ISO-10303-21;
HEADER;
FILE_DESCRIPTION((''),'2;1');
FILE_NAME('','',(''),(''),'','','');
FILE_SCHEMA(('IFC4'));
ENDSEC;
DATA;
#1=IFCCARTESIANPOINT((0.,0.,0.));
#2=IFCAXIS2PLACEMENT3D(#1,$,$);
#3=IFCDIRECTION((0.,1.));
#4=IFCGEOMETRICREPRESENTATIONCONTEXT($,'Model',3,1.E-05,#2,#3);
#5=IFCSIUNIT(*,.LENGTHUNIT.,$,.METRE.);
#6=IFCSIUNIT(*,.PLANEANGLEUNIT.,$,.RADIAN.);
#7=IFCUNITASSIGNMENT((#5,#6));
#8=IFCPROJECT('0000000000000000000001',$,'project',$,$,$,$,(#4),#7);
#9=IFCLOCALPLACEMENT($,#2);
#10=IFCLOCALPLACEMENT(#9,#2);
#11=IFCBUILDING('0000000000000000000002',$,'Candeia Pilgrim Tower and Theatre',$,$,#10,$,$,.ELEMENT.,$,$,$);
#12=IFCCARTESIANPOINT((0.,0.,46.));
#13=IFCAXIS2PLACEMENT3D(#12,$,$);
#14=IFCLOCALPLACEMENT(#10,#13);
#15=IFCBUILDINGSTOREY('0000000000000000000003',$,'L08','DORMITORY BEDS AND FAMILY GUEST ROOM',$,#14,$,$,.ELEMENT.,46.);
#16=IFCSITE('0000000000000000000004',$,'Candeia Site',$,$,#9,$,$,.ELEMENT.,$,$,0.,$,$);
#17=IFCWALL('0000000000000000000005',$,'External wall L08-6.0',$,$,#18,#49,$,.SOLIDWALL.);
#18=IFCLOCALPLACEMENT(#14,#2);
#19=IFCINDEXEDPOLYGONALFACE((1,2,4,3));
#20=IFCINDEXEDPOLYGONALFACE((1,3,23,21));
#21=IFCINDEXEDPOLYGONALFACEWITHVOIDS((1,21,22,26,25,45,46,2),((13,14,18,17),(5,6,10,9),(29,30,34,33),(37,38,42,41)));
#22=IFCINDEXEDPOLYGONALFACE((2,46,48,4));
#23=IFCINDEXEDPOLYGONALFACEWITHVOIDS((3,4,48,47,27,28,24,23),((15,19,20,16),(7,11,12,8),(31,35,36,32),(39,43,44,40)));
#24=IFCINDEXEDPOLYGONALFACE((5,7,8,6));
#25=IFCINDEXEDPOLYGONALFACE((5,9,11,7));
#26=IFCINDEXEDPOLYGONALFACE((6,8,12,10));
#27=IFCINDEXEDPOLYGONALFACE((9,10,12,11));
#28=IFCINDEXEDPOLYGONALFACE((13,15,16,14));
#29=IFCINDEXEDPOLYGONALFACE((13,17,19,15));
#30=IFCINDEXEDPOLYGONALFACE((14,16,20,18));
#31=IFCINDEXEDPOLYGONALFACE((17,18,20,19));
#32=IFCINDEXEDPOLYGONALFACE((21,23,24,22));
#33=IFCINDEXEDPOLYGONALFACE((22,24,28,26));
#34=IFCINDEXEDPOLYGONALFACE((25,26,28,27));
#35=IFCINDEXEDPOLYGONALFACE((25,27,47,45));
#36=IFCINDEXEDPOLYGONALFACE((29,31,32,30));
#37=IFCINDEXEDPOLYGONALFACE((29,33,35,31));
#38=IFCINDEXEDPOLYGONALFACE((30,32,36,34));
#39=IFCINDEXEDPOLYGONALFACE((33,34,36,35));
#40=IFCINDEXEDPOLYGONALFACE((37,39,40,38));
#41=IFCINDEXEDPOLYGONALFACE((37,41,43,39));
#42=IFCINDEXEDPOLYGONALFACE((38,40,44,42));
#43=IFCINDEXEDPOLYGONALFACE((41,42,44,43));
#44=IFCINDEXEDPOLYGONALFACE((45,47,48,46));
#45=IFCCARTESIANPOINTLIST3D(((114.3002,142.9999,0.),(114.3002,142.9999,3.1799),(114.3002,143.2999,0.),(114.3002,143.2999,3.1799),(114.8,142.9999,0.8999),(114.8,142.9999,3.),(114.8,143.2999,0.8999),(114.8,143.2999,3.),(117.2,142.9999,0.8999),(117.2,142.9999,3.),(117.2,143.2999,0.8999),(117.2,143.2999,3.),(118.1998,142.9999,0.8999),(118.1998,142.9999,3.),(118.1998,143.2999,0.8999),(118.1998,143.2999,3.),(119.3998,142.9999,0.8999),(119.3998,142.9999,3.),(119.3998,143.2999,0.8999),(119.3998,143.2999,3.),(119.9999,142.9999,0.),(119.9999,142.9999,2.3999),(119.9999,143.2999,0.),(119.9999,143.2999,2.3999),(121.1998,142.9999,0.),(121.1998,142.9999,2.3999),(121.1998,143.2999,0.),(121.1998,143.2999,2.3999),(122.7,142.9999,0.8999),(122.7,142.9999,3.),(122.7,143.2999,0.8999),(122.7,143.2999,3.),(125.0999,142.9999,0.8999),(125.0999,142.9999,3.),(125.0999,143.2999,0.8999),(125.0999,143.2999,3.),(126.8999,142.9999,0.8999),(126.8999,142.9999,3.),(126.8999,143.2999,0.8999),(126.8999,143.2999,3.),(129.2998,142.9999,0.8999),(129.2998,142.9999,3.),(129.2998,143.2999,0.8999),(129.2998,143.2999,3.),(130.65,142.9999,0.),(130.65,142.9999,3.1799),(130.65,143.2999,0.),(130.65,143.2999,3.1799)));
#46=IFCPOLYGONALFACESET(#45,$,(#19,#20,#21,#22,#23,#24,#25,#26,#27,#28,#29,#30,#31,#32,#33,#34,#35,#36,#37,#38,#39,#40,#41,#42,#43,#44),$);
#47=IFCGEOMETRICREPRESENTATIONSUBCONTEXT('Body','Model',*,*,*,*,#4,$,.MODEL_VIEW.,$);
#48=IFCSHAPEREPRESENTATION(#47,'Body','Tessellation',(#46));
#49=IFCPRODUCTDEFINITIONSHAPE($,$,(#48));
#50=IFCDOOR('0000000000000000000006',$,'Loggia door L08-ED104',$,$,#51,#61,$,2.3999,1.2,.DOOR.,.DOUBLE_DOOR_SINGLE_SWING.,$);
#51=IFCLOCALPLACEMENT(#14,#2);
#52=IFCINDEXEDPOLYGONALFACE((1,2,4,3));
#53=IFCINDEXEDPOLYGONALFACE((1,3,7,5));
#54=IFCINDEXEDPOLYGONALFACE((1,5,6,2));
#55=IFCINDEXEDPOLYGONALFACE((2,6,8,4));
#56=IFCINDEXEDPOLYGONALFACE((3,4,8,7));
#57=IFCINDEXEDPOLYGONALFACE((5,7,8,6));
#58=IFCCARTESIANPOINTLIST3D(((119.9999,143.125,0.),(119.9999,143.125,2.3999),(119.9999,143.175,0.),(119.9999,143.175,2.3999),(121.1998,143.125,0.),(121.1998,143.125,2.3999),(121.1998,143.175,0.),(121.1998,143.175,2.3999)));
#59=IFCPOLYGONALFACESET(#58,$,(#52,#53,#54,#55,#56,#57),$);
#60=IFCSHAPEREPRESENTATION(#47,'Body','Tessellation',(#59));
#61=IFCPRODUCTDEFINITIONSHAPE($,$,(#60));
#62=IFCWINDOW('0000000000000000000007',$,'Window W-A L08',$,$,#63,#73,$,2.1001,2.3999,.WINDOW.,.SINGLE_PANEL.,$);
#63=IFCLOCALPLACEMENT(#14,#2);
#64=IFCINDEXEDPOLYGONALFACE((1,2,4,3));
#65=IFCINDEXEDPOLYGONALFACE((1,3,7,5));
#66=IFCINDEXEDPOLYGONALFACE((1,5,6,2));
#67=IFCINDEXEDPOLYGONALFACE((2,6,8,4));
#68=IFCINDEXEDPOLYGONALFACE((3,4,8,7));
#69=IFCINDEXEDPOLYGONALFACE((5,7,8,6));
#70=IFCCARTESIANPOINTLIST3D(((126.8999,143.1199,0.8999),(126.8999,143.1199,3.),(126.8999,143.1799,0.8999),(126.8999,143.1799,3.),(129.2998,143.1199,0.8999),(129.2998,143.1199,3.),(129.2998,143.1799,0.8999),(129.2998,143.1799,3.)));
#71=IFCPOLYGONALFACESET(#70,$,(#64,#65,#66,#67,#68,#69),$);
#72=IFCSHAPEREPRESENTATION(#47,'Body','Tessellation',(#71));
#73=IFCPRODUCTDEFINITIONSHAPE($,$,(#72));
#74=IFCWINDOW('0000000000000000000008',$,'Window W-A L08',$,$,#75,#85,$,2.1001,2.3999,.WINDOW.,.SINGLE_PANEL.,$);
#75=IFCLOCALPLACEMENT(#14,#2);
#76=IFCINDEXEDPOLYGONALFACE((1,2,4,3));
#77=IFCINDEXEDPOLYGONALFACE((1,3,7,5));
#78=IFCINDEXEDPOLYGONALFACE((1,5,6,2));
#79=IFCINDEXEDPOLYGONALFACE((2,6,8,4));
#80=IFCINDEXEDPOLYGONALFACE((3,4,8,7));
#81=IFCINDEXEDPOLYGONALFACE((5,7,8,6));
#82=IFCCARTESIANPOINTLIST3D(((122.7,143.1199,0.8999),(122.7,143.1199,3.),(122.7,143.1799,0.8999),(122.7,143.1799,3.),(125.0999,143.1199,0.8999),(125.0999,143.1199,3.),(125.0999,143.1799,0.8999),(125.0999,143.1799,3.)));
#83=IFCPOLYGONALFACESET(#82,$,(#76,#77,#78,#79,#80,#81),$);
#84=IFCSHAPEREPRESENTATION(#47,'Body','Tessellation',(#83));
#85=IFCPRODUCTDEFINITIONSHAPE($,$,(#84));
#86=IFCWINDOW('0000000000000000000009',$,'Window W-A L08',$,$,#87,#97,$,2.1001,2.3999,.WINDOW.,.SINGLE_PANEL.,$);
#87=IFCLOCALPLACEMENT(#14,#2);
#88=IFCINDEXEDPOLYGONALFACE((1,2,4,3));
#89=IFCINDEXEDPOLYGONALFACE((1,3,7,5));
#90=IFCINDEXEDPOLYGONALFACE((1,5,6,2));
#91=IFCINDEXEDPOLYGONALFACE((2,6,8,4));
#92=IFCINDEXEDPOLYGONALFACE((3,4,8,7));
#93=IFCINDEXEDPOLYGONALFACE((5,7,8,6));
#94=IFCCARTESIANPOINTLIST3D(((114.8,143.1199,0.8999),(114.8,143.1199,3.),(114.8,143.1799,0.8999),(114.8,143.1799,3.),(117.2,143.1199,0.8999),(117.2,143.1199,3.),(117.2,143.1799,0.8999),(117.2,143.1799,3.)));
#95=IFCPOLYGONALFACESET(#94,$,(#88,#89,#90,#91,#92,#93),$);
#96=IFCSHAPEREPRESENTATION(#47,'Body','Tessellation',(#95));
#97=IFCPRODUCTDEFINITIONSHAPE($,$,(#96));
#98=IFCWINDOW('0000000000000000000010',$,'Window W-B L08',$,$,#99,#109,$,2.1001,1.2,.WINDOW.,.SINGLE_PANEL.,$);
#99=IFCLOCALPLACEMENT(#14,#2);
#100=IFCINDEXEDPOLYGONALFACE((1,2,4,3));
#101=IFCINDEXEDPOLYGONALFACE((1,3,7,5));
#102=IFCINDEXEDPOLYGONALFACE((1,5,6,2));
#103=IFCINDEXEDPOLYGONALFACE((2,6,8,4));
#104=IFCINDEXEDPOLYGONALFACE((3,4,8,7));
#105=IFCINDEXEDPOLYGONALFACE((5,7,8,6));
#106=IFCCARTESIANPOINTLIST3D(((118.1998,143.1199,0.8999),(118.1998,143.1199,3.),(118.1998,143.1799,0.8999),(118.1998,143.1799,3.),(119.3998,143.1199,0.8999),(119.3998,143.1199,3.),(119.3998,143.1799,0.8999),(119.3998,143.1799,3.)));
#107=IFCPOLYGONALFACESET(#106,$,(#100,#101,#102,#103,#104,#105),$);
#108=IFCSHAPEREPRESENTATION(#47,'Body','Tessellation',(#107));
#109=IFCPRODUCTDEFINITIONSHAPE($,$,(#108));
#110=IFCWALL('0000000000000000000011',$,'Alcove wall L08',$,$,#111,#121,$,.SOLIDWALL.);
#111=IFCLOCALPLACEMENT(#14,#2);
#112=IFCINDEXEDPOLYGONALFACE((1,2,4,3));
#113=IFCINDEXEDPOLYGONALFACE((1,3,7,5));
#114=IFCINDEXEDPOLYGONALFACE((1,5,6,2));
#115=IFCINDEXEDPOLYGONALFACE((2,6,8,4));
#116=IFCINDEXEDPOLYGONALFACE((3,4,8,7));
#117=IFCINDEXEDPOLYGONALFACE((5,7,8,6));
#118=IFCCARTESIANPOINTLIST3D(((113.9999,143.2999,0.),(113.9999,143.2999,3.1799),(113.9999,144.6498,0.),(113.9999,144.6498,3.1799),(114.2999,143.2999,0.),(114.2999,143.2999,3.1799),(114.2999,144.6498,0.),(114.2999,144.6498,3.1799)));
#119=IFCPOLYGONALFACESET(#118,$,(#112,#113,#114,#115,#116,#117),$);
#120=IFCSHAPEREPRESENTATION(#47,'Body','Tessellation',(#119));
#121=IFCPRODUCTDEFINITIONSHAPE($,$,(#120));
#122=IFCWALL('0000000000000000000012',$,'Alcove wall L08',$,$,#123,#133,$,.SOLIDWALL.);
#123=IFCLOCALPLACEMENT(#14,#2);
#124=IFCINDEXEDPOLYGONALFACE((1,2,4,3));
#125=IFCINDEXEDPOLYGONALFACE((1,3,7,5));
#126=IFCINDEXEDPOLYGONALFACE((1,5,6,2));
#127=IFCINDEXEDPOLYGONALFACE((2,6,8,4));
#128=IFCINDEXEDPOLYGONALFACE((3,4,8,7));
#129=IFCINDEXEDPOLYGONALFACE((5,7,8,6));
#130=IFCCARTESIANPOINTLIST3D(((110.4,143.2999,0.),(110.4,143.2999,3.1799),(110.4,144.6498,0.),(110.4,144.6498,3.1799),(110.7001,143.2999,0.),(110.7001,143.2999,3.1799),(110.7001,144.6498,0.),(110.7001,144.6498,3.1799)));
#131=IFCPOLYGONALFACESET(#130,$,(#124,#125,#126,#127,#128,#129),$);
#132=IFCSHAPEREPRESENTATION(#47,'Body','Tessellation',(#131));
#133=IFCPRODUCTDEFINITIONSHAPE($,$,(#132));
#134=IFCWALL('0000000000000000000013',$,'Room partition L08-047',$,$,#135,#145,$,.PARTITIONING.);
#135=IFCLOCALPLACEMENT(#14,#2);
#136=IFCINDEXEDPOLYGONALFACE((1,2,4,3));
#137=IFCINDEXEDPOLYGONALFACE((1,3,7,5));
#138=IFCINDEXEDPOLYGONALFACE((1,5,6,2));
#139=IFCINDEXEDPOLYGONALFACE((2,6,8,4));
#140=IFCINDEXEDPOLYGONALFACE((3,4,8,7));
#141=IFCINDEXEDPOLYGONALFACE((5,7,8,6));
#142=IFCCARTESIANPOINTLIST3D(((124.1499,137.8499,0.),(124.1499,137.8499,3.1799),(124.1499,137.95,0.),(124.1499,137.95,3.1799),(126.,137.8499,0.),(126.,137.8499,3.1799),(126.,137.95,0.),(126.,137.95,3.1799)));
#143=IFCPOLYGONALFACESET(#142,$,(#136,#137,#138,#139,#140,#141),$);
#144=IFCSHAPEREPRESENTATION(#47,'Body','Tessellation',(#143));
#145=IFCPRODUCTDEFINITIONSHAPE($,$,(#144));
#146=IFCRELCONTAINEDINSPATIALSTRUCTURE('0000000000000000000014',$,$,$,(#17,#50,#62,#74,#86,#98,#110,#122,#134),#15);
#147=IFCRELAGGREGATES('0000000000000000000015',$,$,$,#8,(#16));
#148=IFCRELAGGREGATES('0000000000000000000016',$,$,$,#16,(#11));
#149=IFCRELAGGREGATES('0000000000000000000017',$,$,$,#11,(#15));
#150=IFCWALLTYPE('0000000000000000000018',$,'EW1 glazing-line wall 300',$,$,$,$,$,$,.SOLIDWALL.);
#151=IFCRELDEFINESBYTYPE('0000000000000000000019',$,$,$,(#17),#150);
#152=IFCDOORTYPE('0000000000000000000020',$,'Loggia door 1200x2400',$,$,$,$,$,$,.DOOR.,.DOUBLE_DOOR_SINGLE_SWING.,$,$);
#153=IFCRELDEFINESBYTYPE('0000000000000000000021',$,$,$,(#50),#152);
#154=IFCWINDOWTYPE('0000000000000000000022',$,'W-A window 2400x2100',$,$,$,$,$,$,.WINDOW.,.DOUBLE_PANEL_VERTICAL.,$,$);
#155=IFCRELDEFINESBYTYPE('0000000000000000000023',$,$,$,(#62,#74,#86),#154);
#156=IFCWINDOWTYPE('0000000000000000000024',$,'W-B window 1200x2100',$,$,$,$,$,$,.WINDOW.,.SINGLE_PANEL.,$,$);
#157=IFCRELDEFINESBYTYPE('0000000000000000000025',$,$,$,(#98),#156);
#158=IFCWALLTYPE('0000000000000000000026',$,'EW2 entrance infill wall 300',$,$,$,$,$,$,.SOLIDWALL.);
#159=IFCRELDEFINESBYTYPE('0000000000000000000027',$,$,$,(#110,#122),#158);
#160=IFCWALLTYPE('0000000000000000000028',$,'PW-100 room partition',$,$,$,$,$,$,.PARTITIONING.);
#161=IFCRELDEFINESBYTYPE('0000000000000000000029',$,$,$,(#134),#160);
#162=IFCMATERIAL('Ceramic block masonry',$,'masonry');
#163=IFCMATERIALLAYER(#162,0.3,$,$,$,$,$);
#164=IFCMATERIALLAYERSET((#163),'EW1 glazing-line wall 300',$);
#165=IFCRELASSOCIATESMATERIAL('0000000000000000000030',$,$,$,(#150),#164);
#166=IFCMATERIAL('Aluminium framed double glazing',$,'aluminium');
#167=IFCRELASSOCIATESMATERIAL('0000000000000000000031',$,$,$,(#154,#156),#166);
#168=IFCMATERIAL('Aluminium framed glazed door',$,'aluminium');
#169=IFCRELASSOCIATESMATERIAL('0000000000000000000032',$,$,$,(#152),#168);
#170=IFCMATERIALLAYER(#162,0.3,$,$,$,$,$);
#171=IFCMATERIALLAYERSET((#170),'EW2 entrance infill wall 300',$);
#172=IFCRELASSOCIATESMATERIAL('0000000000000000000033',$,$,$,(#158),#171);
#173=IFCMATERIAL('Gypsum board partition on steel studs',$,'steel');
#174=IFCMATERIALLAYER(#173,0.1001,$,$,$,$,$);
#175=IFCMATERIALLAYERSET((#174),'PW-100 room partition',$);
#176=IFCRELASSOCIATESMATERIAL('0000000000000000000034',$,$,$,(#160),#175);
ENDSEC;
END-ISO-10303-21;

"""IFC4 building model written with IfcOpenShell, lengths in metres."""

from ifc_helpers import new_model, si_unit, direction, frame, frame_2d, origin, place, context, subcontext, project, spatial, rectangle, extrude, material, layer, layer_set, type_object, element, fill, save


model = new_model("IFC4")

# Units and contexts
model_context = context("Model", 3, precision=1e-05, world=origin(), true_north=direction((0.0, 1.0)))
body_context = subcontext(model_context, "Body", "Model", "MODEL_VIEW")
ifc_project = project(units=[si_unit("LENGTHUNIT", "METRE"), si_unit("PLANEANGLEUNIT", "RADIAN")], contexts=[model_context])

# Site, building, storey
site_placement = place(None, origin())
site = spatial("IfcSite", under=ifc_project, at=site_placement, Name="Candeia Site", CompositionType="ELEMENT", RefElevation=0.0)
building_placement = place(site_placement, origin())
building = spatial("IfcBuilding", under=site, at=building_placement, Name="Candeia Pilgrim Tower and Theatre", CompositionType="ELEMENT")
storey_placement = place(building_placement, frame((0.0, 0.0, 46.0)))
storey = spatial("IfcBuildingStorey", under=building, at=storey_placement, Name="L08", Description="DORMITORY BEDS AND FAMILY GUEST ROOM", CompositionType="ELEMENT", Elevation=46.0)

# Shared definitions
ifc_material_1 = material(Name="Ceramic block masonry", Category="masonry")
ifc_layer_1 = layer(ifc_material_1, 0.3)
ifc_layer_set_1 = layer_set([ifc_layer_1], Name="EW1 glazing-line wall 300")
wall_type_1 = type_object("IfcWallType", Name="EW1 glazing-line wall 300", PredefinedType="SOLIDWALL", material=ifc_layer_set_1)
ifc_material_2 = material(Name="Aluminium framed double glazing", Category="aluminium")
window_type_1 = type_object("IfcWindowType", Name="W-A window 2400x2100", PartitioningType="DOUBLE_PANEL_VERTICAL", PredefinedType="WINDOW", material=ifc_material_2)

# Wall, openings, door, windows
wall_1_placement = place(storey_placement, frame((130.6499, 143.1499, 0.0), z_axis=(0.0, 0.0, 1.0), x_axis=(-1.0, 0.0, 0.0)))
wall_1 = element("IfcWall", 1, at=wall_1_placement, inside=storey, type_object=wall_type_1, Name="External wall L08-6.0", PredefinedType="SOLIDWALL", context=body_context, shape_type="SweptSolid", body=[
    extrude(rectangle(XDim=16.3499, YDim=0.3, at=frame_2d((8.1748, 0.0))), origin(), (0.0, 0.0, 1.0), 3.1799),
])
opening_1_placement = place(wall_1_placement, frame((1.3501, 0.0, 0.8999)))
opening_1 = element("IfcOpeningElement", 2, at=opening_1_placement, cuts=wall_1, PredefinedType="OPENING", context=body_context, shape_type="SweptSolid", body=[
    extrude(rectangle(XDim=2.3999, YDim=2.1001, at=frame_2d((1.2, 1.05))), frame((0.0, 0.1602, 0.0), z_axis=(0.0, -1.0, 0.0), x_axis=(1.0, 0.0, 0.0)), (0.0, 0.0, 1.0), 0.3201),
])
opening_2_placement = place(wall_1_placement, frame((5.55, 0.0, 0.8999)))
opening_2 = element("IfcOpeningElement", 3, at=opening_2_placement, cuts=wall_1, PredefinedType="OPENING", context=body_context, shape_type="SweptSolid", body=[
    extrude(rectangle(XDim=2.3999, YDim=2.1001, at=frame_2d((1.2, 1.05))), frame((0.0, 0.1602, 0.0), z_axis=(0.0, -1.0, 0.0), x_axis=(1.0, 0.0, 0.0)), (0.0, 0.0, 1.0), 0.3201),
])
opening_3_placement = place(wall_1_placement, frame((9.45, 0.0, 0.0)))
opening_3 = element("IfcOpeningElement", 4, at=opening_3_placement, cuts=wall_1, PredefinedType="OPENING", context=body_context, shape_type="SweptSolid", body=[
    extrude(rectangle(XDim=1.2, YDim=2.3999, at=frame_2d((0.6001, 1.2))), frame((0.0, 0.1602, 0.0), z_axis=(0.0, -1.0, 0.0), x_axis=(1.0, 0.0, 0.0)), (0.0, 0.0, 1.0), 0.3201),
])
opening_4_placement = place(wall_1_placement, frame((11.25, 0.0, 0.8999)))
opening_4 = element("IfcOpeningElement", 5, at=opening_4_placement, cuts=wall_1, PredefinedType="OPENING", context=body_context, shape_type="SweptSolid", body=[
    extrude(rectangle(XDim=1.2, YDim=2.1001, at=frame_2d((0.6001, 1.05))), frame((0.0, 0.1602, 0.0), z_axis=(0.0, -1.0, 0.0), x_axis=(1.0, 0.0, 0.0)), (0.0, 0.0, 1.0), 0.3201),
])
opening_5_placement = place(wall_1_placement, frame((13.45, 0.0, 0.8999)))
opening_5 = element("IfcOpeningElement", 6, at=opening_5_placement, cuts=wall_1, PredefinedType="OPENING", context=body_context, shape_type="SweptSolid", body=[
    extrude(rectangle(XDim=2.3999, YDim=2.1001, at=frame_2d((1.2, 1.05))), frame((0.0, 0.1602, 0.0), z_axis=(0.0, -1.0, 0.0), x_axis=(1.0, 0.0, 0.0)), (0.0, 0.0, 1.0), 0.3201),
])
ifc_material_3 = material(Name="Aluminium framed glazed door", Category="aluminium")
door_type_1 = type_object("IfcDoorType", Name="Loggia door 1200x2400", OperationType="DOUBLE_DOOR_SINGLE_SWING", PredefinedType="DOOR", material=ifc_material_3)
door_1_placement = place(opening_3_placement, origin())
door_1 = element("IfcDoor", 7, at=door_1_placement, inside=storey, type_object=door_type_1, Name="Loggia door L08-ED104", OperationType="DOUBLE_DOOR_SINGLE_SWING", OverallHeight=2.3999, OverallWidth=1.2, PredefinedType="DOOR", context=body_context, shape_type="SweptSolid", body=[
    extrude(rectangle(XDim=1.2, YDim=2.3999, at=frame_2d((0.6001, 1.2))), frame((0.0, 0.0249, 0.0), z_axis=(0.0, -1.0, 0.0), x_axis=(1.0, 0.0, 0.0)), (0.0, 0.0, 1.0), 0.05),
])
fill(opening_3, door_1)
window_1_placement = place(opening_1_placement, origin())
window_1 = element("IfcWindow", 8, at=window_1_placement, inside=storey, type_object=window_type_1, Name="Window W-A L08", OverallHeight=2.1001, OverallWidth=2.3999, PartitioningType="SINGLE_PANEL", PredefinedType="WINDOW", context=body_context, shape_type="SweptSolid", body=[
    extrude(rectangle(XDim=2.3999, YDim=2.1001, at=frame_2d((1.2, 1.05))), frame((0.0, 0.03, 0.0), z_axis=(0.0, -1.0, 0.0), x_axis=(1.0, 0.0, 0.0)), (0.0, 0.0, 1.0), 0.0601),
])
fill(opening_1, window_1)
window_2_placement = place(opening_2_placement, origin())
window_2 = element("IfcWindow", 9, at=window_2_placement, inside=storey, type_object=window_type_1, Name="Window W-A L08", OverallHeight=2.1001, OverallWidth=2.3999, PartitioningType="SINGLE_PANEL", PredefinedType="WINDOW", context=body_context, shape_type="SweptSolid", body=[
    extrude(rectangle(XDim=2.3999, YDim=2.1001, at=frame_2d((1.2, 1.05))), frame((0.0, 0.03, 0.0), z_axis=(0.0, -1.0, 0.0), x_axis=(1.0, 0.0, 0.0)), (0.0, 0.0, 1.0), 0.0601),
])
fill(opening_2, window_2)
window_3_placement = place(opening_5_placement, origin())
window_3 = element("IfcWindow", 10, at=window_3_placement, inside=storey, type_object=window_type_1, Name="Window W-A L08", OverallHeight=2.1001, OverallWidth=2.3999, PartitioningType="SINGLE_PANEL", PredefinedType="WINDOW", context=body_context, shape_type="SweptSolid", body=[
    extrude(rectangle(XDim=2.3999, YDim=2.1001, at=frame_2d((1.2, 1.05))), frame((0.0, 0.03, 0.0), z_axis=(0.0, -1.0, 0.0), x_axis=(1.0, 0.0, 0.0)), (0.0, 0.0, 1.0), 0.0601),
])
fill(opening_5, window_3)
window_type_2 = type_object("IfcWindowType", Name="W-B window 1200x2100", PartitioningType="SINGLE_PANEL", PredefinedType="WINDOW", material=ifc_material_2)
window_4_placement = place(opening_4_placement, origin())
window_4 = element("IfcWindow", 11, at=window_4_placement, inside=storey, type_object=window_type_2, Name="Window W-B L08", OverallHeight=2.1001, OverallWidth=1.2, PartitioningType="SINGLE_PANEL", PredefinedType="WINDOW", context=body_context, shape_type="SweptSolid", body=[
    extrude(rectangle(XDim=1.2, YDim=2.1001, at=frame_2d((0.6001, 1.05))), frame((0.0, 0.03, 0.0), z_axis=(0.0, -1.0, 0.0), x_axis=(1.0, 0.0, 0.0)), (0.0, 0.0, 1.0), 0.0601),
])
fill(opening_4, window_4)

# Walls
ifc_layer_2 = layer(ifc_material_1, 0.3)
ifc_layer_set_2 = layer_set([ifc_layer_2], Name="EW2 entrance infill wall 300")
wall_type_2 = type_object("IfcWallType", Name="EW2 entrance infill wall 300", PredefinedType="SOLIDWALL", material=ifc_layer_set_2)
for number, where, z_axis, x_axis, name in (
    (12, (114.1499, 143.3, 0.0), (0.0, 0.0, 1.0), (0.0, 1.0, 0.0), "Alcove wall L08"),
    (13, (110.55, 143.3, 0.0), (0.0, 0.0, 1.0), (0.0, 1.0, 0.0), "Alcove wall L08"),
):
    element("IfcWall", number, at=place(storey_placement, frame(where, z_axis=z_axis, x_axis=x_axis)), inside=storey, type_object=wall_type_2, Name=name, PredefinedType="SOLIDWALL", context=body_context, shape_type="SweptSolid", body=[
        extrude(rectangle(XDim=1.3499, YDim=0.3, at=frame_2d((0.6748, 0.0))), origin(), (0.0, 0.0, 1.0), 3.1799),
    ])

# Wall
ifc_material_4 = material(Name="Gypsum board partition on steel studs", Category="steel")
ifc_layer_3 = layer(ifc_material_4, 0.1001)
ifc_layer_set_3 = layer_set([ifc_layer_3], Name="PW-100 room partition")
wall_type_3 = type_object("IfcWallType", Name="PW-100 room partition", PredefinedType="PARTITIONING", material=ifc_layer_set_3)
wall_2_placement = place(storey_placement, frame((124.1499, 137.8999, 0.0), z_axis=(0.0, 0.0, 1.0), x_axis=(1.0, 0.0, 0.0)))
element("IfcWall", 14, at=wall_2_placement, inside=storey, type_object=wall_type_3, Name="Room partition L08-047", PredefinedType="PARTITIONING", context=body_context, shape_type="SweptSolid", body=[
    extrude(rectangle(XDim=1.8501, YDim=0.1001, at=frame_2d((0.925, 0.0))), origin(), (0.0, 0.0, 1.0), 3.1799),
])

save(model, "model.ifc")
